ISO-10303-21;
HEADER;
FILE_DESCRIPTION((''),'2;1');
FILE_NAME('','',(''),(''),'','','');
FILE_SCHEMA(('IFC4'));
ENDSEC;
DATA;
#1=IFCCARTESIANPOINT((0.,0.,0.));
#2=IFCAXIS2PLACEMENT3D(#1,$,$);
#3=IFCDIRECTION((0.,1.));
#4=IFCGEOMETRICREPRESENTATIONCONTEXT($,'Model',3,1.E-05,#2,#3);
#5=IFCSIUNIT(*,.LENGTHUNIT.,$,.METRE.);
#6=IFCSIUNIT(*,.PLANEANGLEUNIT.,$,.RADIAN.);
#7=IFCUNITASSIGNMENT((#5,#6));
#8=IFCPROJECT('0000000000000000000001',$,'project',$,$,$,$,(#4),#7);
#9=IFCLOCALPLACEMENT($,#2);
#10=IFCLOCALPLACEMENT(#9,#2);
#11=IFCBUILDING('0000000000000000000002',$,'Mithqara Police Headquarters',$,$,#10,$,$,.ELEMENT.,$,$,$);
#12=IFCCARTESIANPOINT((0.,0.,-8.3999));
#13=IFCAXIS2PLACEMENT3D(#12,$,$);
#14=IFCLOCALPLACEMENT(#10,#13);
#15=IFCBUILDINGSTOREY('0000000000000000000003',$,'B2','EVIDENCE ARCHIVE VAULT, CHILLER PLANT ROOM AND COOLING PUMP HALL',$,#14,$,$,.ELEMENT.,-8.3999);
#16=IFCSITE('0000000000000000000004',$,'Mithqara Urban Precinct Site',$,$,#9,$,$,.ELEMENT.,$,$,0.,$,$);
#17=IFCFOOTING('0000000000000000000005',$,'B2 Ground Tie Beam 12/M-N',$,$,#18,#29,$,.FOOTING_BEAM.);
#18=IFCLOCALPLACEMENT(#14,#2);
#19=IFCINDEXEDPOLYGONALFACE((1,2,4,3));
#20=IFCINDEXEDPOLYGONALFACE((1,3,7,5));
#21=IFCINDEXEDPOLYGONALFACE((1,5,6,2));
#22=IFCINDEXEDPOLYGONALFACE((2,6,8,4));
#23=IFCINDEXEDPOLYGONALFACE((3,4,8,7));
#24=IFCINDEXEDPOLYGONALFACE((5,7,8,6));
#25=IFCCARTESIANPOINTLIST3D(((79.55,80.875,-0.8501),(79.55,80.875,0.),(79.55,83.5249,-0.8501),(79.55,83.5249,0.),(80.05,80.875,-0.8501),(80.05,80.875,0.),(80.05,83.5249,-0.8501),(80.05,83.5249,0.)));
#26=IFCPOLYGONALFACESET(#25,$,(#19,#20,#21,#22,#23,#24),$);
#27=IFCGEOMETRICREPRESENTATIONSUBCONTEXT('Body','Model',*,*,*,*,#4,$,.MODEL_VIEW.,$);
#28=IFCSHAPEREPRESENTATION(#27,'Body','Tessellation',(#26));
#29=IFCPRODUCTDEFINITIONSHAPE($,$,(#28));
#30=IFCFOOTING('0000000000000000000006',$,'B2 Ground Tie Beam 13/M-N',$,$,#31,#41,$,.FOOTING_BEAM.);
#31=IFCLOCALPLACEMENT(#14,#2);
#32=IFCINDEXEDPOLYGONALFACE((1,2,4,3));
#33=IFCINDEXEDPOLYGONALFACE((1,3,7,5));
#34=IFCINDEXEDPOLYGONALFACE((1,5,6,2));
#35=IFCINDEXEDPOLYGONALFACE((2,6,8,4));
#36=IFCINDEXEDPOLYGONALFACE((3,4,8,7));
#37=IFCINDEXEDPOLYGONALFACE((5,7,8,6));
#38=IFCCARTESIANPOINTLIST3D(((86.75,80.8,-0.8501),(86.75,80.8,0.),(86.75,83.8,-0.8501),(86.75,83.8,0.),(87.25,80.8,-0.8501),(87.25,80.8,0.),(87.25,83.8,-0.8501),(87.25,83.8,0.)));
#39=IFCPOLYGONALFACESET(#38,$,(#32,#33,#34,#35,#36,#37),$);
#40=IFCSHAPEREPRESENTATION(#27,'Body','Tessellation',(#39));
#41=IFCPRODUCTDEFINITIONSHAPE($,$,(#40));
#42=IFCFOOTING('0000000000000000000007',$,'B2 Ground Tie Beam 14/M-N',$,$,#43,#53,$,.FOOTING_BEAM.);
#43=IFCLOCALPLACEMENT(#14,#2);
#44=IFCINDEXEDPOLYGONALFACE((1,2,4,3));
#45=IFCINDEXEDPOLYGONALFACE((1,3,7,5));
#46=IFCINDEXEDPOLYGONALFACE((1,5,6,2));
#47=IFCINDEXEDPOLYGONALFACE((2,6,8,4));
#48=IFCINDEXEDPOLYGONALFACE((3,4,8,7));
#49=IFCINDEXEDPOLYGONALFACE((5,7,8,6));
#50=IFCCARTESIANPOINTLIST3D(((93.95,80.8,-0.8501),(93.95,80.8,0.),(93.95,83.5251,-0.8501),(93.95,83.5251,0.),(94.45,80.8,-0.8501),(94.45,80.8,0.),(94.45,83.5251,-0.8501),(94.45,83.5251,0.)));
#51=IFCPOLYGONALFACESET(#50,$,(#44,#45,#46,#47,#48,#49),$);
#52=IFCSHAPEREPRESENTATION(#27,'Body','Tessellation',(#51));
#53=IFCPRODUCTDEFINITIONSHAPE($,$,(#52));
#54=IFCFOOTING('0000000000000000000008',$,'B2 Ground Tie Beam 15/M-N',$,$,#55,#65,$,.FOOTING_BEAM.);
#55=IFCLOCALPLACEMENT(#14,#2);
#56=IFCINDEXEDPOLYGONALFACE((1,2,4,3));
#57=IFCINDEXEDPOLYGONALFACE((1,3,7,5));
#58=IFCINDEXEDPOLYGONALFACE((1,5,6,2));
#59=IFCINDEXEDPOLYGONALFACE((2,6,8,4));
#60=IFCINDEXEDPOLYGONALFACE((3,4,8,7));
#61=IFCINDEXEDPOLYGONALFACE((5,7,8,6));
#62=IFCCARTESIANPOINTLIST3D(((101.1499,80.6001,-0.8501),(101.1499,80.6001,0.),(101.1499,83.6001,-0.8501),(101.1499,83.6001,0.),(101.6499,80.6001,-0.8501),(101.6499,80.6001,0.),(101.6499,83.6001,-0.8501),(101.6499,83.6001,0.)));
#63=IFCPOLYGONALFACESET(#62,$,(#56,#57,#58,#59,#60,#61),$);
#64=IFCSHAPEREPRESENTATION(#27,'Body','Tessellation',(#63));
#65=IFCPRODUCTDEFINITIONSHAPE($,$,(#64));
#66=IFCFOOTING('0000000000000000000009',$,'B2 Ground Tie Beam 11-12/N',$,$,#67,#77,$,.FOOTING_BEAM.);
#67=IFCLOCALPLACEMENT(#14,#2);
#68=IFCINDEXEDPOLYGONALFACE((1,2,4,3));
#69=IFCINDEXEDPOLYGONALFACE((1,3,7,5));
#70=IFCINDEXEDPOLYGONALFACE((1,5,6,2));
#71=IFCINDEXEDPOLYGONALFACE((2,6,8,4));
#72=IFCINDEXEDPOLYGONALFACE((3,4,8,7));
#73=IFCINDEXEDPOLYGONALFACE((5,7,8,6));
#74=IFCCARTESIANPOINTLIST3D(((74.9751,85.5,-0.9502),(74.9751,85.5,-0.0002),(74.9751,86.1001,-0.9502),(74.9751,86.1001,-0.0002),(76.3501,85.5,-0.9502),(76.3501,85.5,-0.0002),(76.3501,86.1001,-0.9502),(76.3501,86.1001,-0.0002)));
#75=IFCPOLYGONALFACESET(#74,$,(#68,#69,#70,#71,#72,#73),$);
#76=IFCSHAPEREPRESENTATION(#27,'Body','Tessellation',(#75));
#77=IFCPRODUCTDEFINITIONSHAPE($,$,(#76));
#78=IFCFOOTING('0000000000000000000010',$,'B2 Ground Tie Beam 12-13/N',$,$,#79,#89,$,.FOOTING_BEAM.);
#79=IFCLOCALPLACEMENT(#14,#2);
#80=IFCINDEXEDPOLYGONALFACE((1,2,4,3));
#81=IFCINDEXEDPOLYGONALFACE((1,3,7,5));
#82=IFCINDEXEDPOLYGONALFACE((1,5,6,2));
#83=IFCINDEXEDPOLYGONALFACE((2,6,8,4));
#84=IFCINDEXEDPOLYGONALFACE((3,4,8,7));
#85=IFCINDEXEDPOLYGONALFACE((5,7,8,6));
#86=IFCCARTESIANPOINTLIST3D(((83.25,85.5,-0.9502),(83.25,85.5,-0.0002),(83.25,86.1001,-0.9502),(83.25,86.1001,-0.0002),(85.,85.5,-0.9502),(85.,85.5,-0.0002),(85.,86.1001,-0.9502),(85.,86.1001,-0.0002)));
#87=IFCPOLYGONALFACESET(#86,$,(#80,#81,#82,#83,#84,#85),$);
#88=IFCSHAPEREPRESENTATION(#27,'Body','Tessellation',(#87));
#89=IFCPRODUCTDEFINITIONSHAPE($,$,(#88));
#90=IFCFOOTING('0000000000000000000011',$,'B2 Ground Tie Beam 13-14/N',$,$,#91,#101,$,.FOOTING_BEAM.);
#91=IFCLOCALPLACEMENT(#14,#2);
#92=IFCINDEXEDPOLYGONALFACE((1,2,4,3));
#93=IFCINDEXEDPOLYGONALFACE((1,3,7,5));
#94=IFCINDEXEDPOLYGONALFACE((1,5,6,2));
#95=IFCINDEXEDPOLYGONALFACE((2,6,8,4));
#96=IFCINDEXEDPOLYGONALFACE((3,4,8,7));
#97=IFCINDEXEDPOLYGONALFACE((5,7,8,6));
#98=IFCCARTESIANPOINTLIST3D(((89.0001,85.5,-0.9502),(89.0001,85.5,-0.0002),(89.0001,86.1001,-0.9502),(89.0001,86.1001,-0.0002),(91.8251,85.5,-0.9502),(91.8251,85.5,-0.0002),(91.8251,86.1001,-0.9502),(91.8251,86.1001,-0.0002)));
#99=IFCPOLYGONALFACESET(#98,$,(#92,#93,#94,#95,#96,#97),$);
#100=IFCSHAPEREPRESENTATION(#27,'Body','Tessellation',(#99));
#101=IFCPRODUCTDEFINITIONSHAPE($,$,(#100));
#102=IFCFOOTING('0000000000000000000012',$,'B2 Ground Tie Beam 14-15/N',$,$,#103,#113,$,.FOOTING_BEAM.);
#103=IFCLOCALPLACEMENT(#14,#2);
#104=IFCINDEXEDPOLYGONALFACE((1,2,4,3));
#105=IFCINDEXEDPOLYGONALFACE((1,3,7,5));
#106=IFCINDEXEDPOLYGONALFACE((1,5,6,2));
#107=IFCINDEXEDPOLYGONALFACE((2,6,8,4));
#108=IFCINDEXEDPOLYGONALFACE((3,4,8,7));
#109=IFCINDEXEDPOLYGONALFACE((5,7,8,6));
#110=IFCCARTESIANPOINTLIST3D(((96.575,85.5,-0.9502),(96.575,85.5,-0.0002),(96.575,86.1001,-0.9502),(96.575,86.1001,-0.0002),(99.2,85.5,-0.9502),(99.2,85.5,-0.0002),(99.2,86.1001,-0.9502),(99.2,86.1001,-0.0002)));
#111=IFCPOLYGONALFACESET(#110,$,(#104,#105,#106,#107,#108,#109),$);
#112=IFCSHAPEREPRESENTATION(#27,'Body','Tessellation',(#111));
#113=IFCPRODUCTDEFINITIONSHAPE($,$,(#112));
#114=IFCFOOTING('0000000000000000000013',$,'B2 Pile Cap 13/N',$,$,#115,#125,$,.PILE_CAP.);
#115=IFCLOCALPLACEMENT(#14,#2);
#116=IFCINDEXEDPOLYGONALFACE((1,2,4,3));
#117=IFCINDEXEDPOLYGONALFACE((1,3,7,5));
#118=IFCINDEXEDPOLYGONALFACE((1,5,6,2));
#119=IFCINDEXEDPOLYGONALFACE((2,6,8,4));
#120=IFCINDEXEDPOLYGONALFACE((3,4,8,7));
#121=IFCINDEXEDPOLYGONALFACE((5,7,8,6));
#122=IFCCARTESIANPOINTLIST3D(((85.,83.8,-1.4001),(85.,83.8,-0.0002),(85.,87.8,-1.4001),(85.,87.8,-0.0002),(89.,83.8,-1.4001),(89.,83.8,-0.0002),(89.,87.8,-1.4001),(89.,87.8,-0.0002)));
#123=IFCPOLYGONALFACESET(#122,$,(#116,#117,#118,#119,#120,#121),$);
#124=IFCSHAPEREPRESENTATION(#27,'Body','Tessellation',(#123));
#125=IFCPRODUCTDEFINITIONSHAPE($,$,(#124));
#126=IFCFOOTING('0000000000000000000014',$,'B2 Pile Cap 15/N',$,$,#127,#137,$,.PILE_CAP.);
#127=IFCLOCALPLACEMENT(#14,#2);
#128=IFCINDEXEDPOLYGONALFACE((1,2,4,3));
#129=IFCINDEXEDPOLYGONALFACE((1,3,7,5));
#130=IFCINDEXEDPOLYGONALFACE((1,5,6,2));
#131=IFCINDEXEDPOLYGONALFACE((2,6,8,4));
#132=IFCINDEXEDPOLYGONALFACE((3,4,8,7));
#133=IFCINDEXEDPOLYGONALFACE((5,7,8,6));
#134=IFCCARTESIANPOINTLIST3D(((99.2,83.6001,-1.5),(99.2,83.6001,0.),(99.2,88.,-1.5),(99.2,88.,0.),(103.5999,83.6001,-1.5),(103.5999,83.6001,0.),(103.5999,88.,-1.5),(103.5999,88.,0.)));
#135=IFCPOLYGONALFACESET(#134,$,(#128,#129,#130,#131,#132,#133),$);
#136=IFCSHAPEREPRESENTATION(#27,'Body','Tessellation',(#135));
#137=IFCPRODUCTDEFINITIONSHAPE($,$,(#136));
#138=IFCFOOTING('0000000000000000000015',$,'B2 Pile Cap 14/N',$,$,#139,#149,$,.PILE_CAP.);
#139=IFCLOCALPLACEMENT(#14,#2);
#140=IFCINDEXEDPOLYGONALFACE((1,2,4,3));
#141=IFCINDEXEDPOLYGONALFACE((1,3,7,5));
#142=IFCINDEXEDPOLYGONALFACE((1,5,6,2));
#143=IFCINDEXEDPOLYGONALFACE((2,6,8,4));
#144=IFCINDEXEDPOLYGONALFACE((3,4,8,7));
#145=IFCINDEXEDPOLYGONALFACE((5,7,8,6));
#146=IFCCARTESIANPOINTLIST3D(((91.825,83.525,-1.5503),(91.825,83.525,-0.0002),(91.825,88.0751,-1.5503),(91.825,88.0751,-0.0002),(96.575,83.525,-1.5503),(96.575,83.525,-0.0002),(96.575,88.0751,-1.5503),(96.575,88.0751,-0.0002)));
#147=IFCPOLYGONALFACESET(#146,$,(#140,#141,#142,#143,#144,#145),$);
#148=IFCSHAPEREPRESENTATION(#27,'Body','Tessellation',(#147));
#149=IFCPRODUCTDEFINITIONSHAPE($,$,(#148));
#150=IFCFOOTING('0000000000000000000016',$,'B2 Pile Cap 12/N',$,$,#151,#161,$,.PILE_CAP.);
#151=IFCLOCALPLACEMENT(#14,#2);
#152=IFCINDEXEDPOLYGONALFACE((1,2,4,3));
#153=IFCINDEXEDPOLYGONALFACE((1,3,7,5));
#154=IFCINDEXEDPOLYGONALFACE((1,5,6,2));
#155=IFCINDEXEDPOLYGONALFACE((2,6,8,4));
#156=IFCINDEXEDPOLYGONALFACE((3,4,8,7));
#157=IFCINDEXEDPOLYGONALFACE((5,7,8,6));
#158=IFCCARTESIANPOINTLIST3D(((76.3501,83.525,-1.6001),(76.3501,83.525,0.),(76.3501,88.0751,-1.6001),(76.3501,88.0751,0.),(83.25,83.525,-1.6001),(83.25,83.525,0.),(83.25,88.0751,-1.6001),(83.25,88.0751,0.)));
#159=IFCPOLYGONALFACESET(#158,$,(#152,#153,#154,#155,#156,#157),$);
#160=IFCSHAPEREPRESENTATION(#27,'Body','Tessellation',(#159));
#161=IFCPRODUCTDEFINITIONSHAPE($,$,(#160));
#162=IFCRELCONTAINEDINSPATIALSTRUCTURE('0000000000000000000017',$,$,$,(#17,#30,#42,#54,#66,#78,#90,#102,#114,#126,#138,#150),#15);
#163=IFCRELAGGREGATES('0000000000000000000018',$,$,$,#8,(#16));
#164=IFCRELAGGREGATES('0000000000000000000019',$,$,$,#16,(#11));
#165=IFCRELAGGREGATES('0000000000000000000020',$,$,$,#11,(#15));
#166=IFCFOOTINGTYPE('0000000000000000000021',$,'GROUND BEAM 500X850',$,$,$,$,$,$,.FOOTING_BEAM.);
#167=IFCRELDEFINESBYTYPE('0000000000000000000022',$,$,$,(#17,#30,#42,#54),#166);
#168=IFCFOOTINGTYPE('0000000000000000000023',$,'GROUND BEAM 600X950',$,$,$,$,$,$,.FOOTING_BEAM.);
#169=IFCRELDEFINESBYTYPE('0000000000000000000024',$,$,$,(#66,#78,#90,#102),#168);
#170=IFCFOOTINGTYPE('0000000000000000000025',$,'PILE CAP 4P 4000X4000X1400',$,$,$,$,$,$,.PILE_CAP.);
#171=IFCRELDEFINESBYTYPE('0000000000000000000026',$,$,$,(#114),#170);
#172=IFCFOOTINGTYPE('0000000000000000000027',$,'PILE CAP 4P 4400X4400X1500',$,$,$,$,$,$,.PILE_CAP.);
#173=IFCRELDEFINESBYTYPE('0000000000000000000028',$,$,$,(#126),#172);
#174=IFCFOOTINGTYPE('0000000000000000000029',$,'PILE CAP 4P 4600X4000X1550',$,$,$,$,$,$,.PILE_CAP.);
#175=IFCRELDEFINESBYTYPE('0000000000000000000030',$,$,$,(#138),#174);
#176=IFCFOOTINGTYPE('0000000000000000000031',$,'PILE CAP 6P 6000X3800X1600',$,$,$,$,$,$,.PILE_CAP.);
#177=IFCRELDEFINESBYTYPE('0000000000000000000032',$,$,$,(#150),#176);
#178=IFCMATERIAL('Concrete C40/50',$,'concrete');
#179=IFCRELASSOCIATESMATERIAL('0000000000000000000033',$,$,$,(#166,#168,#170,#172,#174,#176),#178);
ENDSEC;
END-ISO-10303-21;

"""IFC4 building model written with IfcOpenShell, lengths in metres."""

from ifc_helpers import new_model, si_unit, direction, frame, origin, origin_2d, place, context, subcontext, project, spatial, rectangle, extrude, material, type_object, element, save


model = new_model("IFC4")

# Units and contexts
model_context = context("Model", 3, precision=1e-05, world=origin(), true_north=direction((0.0, 1.0)))
body_context = subcontext(model_context, "Body", "Model", "MODEL_VIEW")
ifc_project = project(units=[si_unit("LENGTHUNIT", "METRE"), si_unit("PLANEANGLEUNIT", "RADIAN")], contexts=[model_context])

# Site, building, storey
site_placement = place(None, origin())
site = spatial("IfcSite", under=ifc_project, at=site_placement, Name="Mithqara Urban Precinct Site", CompositionType="ELEMENT", RefElevation=0.0)
building_placement = place(site_placement, origin())
building = spatial("IfcBuilding", under=site, at=building_placement, Name="Mithqara Police Headquarters", CompositionType="ELEMENT")
storey_placement = place(building_placement, frame((0.0, 0.0, -8.3999)))
storey = spatial("IfcBuildingStorey", under=building, at=storey_placement, Name="B2", Description="EVIDENCE ARCHIVE VAULT, CHILLER PLANT ROOM AND COOLING PUMP HALL", CompositionType="ELEMENT", Elevation=-8.3999)

# Footings
ifc_material_1 = material(Name="Concrete C40/50", Category="concrete")
footing_type_1 = type_object("IfcFootingType", Name="GROUND BEAM 500X850", PredefinedType="FOOTING_BEAM", material=ifc_material_1)
footing_1_placement = place(storey_placement, frame((79.8, 82.2, -0.8501), z_axis=(0.0, 0.0, 1.0), x_axis=(1.0, 0.0, 0.0)))
element("IfcFooting", 1, at=footing_1_placement, inside=storey, type_object=footing_type_1, Name="B2 Ground Tie Beam 12/M-N", PredefinedType="FOOTING_BEAM", context=body_context, shape_type="SweptSolid", body=[
    extrude(rectangle(XDim=0.5, YDim=2.6499, at=origin_2d()), origin(), (0.0, 0.0, 1.0), 0.8501),
])
footing_2_placement = place(storey_placement, frame((87.0, 82.3, -0.8501), z_axis=(0.0, 0.0, 1.0), x_axis=(1.0, 0.0, 0.0)))
element("IfcFooting", 2, at=footing_2_placement, inside=storey, type_object=footing_type_1, Name="B2 Ground Tie Beam 13/M-N", PredefinedType="FOOTING_BEAM", context=body_context, shape_type="SweptSolid", body=[
    extrude(rectangle(XDim=0.5, YDim=3.0, at=origin_2d()), origin(), (0.0, 0.0, 1.0), 0.8501),
])
footing_3_placement = place(storey_placement, frame((94.2, 82.1626, -0.8501), z_axis=(0.0, 0.0, 1.0), x_axis=(1.0, 0.0, 0.0)))
element("IfcFooting", 3, at=footing_3_placement, inside=storey, type_object=footing_type_1, Name="B2 Ground Tie Beam 14/M-N", PredefinedType="FOOTING_BEAM", context=body_context, shape_type="SweptSolid", body=[
    extrude(rectangle(XDim=0.5, YDim=2.7251, at=origin_2d()), origin(), (0.0, 0.0, 1.0), 0.8501),
])
footing_4_placement = place(storey_placement, frame((101.3999, 82.1001, -0.8501), z_axis=(0.0, 0.0, 1.0), x_axis=(1.0, 0.0, 0.0)))
element("IfcFooting", 4, at=footing_4_placement, inside=storey, type_object=footing_type_1, Name="B2 Ground Tie Beam 15/M-N", PredefinedType="FOOTING_BEAM", context=body_context, shape_type="SweptSolid", body=[
    extrude(rectangle(XDim=0.5, YDim=3.0, at=origin_2d()), origin(), (0.0, 0.0, 1.0), 0.8501),
])
footing_type_2 = type_object("IfcFootingType", Name="GROUND BEAM 600X950", PredefinedType="FOOTING_BEAM", material=ifc_material_1)
footing_5_placement = place(storey_placement, frame((75.6626, 85.8, -0.9502), z_axis=(0.0, 0.0, 1.0), x_axis=(1.0, 0.0, 0.0)))
element("IfcFooting", 5, at=footing_5_placement, inside=storey, type_object=footing_type_2, Name="B2 Ground Tie Beam 11-12/N", PredefinedType="FOOTING_BEAM", context=body_context, shape_type="SweptSolid", body=[
    extrude(rectangle(XDim=1.375, YDim=0.6001, at=origin_2d()), origin(), (0.0, 0.0, 1.0), 0.95),
])
footing_6_placement = place(storey_placement, frame((84.125, 85.8, -0.9502), z_axis=(0.0, 0.0, 1.0), x_axis=(1.0, 0.0, 0.0)))
element("IfcFooting", 6, at=footing_6_placement, inside=storey, type_object=footing_type_2, Name="B2 Ground Tie Beam 12-13/N", PredefinedType="FOOTING_BEAM", context=body_context, shape_type="SweptSolid", body=[
    extrude(rectangle(XDim=1.75, YDim=0.6001, at=origin_2d()), origin(), (0.0, 0.0, 1.0), 0.95),
])
footing_7_placement = place(storey_placement, frame((90.4126, 85.8, -0.9502), z_axis=(0.0, 0.0, 1.0), x_axis=(1.0, 0.0, 0.0)))
element("IfcFooting", 7, at=footing_7_placement, inside=storey, type_object=footing_type_2, Name="B2 Ground Tie Beam 13-14/N", PredefinedType="FOOTING_BEAM", context=body_context, shape_type="SweptSolid", body=[
    extrude(rectangle(XDim=2.825, YDim=0.6001, at=origin_2d()), origin(), (0.0, 0.0, 1.0), 0.95),
])
footing_8_placement = place(storey_placement, frame((97.8875, 85.8, -0.9502), z_axis=(0.0, 0.0, 1.0), x_axis=(1.0, 0.0, 0.0)))
element("IfcFooting", 8, at=footing_8_placement, inside=storey, type_object=footing_type_2, Name="B2 Ground Tie Beam 14-15/N", PredefinedType="FOOTING_BEAM", context=body_context, shape_type="SweptSolid", body=[
    extrude(rectangle(XDim=2.625, YDim=0.6001, at=origin_2d()), origin(), (0.0, 0.0, 1.0), 0.95),
])
footing_type_3 = type_object("IfcFootingType", Name="PILE CAP 4P 4000X4000X1400", PredefinedType="PILE_CAP", material=ifc_material_1)
footing_9_placement = place(storey_placement, frame((87.0, 85.8, -1.4001), z_axis=(0.0, 0.0, 1.0), x_axis=(1.0, 0.0, 0.0)))
element("IfcFooting", 9, at=footing_9_placement, inside=storey, type_object=footing_type_3, Name="B2 Pile Cap 13/N", PredefinedType="PILE_CAP", context=body_context, shape_type="SweptSolid", body=[
    extrude(rectangle(XDim=4.0, YDim=4.0, at=origin_2d()), origin(), (0.0, 0.0, 1.0), 1.3999),
])
footing_type_4 = type_object("IfcFootingType", Name="PILE CAP 4P 4400X4400X1500", PredefinedType="PILE_CAP", material=ifc_material_1)
footing_10_placement = place(storey_placement, frame((101.3999, 85.8, -1.5), z_axis=(0.0, 0.0, 1.0), x_axis=(1.0, 0.0, 0.0)))
element("IfcFooting", 10, at=footing_10_placement, inside=storey, type_object=footing_type_4, Name="B2 Pile Cap 15/N", PredefinedType="PILE_CAP", context=body_context, shape_type="SweptSolid", body=[
    extrude(rectangle(XDim=4.3999, YDim=4.3999, at=origin_2d()), origin(), (0.0, 0.0, 1.0), 1.5),
])
footing_type_5 = type_object("IfcFootingType", Name="PILE CAP 4P 4600X4000X1550", PredefinedType="PILE_CAP", material=ifc_material_1)
footing_11_placement = place(storey_placement, frame((94.2, 85.8, -1.5503), z_axis=(0.0, 0.0, 1.0), x_axis=(1.0, 0.0, 0.0)))
element("IfcFooting", 11, at=footing_11_placement, inside=storey, type_object=footing_type_5, Name="B2 Pile Cap 14/N", PredefinedType="PILE_CAP", context=body_context, shape_type="SweptSolid", body=[
    extrude(rectangle(XDim=4.75, YDim=4.55, at=origin_2d()), origin(), (0.0, 0.0, 1.0), 1.55),
])
footing_type_6 = type_object("IfcFootingType", Name="PILE CAP 6P 6000X3800X1600", PredefinedType="PILE_CAP", material=ifc_material_1)
footing_12_placement = place(storey_placement, frame((79.8, 85.8, -1.6001), z_axis=(0.0, 0.0, 1.0), x_axis=(1.0, 0.0, 0.0)))
element("IfcFooting", 12, at=footing_12_placement, inside=storey, type_object=footing_type_6, Name="B2 Pile Cap 12/N", PredefinedType="PILE_CAP", context=body_context, shape_type="SweptSolid", body=[
    extrude(rectangle(XDim=6.8999, YDim=4.55, at=origin_2d()), origin(), (0.0, 0.0, 1.0), 1.6001),
])

save(model, "model.ifc")
